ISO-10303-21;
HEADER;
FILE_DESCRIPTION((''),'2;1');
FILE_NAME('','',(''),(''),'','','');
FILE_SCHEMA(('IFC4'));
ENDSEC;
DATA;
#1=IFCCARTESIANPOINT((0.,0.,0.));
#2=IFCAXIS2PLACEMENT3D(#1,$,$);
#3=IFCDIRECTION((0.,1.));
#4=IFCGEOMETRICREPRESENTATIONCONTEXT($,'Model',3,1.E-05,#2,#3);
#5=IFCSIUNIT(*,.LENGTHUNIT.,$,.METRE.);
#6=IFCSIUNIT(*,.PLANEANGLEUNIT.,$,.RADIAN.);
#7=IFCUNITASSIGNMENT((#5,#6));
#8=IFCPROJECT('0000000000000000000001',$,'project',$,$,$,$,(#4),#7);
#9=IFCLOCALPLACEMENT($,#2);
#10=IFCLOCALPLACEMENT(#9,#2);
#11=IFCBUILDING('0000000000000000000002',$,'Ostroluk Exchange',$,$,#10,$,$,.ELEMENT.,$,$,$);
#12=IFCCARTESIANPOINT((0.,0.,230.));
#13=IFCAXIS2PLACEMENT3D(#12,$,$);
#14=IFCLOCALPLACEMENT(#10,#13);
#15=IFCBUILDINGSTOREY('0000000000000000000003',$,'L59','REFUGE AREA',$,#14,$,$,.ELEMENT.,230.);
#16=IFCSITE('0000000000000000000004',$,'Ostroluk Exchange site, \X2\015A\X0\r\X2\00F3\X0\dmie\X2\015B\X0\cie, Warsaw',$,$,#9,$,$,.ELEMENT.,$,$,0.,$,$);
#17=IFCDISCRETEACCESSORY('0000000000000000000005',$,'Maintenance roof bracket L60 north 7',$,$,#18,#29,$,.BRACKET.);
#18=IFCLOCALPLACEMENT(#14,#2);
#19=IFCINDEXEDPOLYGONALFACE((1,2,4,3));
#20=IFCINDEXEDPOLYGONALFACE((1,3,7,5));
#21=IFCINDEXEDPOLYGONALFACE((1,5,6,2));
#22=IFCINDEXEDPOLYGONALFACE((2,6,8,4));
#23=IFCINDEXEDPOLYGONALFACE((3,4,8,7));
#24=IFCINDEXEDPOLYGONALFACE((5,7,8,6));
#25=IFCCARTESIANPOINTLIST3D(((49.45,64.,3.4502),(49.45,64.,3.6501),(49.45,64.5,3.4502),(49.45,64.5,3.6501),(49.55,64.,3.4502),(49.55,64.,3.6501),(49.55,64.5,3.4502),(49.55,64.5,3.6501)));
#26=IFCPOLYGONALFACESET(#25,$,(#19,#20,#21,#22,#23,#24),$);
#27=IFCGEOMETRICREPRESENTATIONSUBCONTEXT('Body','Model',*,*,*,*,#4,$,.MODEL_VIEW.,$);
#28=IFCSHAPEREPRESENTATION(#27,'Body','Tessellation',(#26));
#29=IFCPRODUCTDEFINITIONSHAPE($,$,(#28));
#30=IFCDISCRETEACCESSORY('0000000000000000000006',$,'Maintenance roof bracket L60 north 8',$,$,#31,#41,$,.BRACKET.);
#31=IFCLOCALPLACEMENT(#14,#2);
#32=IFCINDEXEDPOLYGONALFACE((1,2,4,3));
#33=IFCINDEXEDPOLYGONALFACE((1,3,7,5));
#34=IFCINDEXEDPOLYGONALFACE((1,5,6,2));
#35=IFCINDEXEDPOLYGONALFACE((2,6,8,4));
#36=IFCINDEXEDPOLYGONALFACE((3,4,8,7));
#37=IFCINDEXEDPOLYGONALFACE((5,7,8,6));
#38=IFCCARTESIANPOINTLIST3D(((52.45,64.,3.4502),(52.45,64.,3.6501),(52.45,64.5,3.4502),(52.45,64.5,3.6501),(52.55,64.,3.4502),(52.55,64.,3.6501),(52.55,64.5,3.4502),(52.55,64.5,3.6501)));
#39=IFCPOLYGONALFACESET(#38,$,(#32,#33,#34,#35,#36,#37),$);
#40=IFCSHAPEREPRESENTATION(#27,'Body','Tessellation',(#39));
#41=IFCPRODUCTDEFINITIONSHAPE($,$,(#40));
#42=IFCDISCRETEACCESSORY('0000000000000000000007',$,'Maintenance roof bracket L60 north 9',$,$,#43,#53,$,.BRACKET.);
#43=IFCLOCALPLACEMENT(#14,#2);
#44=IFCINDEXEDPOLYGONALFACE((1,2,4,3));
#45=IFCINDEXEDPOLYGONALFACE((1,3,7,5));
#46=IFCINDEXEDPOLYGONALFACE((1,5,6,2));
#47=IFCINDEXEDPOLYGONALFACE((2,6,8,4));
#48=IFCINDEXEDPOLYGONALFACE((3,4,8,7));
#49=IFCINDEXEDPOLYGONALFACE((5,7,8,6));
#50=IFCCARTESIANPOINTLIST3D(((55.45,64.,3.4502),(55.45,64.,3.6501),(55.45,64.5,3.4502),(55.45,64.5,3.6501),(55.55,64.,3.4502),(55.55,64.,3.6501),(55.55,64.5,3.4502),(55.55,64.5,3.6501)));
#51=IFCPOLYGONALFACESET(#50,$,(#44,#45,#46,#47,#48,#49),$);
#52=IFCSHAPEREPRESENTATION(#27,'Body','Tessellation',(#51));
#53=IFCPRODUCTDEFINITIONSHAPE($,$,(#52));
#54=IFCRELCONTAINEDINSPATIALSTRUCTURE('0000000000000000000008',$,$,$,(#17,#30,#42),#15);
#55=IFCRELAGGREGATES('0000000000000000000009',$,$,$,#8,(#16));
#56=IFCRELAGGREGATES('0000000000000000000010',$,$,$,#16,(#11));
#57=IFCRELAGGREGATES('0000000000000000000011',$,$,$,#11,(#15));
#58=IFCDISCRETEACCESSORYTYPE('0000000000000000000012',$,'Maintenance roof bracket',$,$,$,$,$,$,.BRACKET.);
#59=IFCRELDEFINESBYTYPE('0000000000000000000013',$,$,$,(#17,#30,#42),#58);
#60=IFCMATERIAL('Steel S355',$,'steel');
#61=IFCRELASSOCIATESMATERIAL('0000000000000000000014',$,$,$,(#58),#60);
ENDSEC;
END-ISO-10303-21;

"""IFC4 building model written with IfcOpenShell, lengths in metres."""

from ifc_helpers import new_model, si_unit, direction, frame, origin, origin_2d, place, context, subcontext, project, spatial, rectangle, extrude, material, type_object, element, save


model = new_model("IFC4")

# Units and contexts
model_context = context("Model", 3, precision=1e-05, world=origin(), true_north=direction((0.0, 1.0)))
body_context = subcontext(model_context, "Body", "Model", "MODEL_VIEW")
ifc_project = project(units=[si_unit("LENGTHUNIT", "METRE"), si_unit("PLANEANGLEUNIT", "RADIAN")], contexts=[model_context])

# Site, building, storey
site_placement = place(None, origin())
site = spatial("IfcSite", under=ifc_project, at=site_placement, Name="Ostroluk Exchange site, Śródmieście, Warsaw", CompositionType="ELEMENT", RefElevation=0.0)
building_placement = place(site_placement, origin())
building = spatial("IfcBuilding", under=site, at=building_placement, Name="Ostroluk Exchange", CompositionType="ELEMENT")
storey_placement = place(building_placement, frame((0.0, 0.0, 230.0)))
storey = spatial("IfcBuildingStorey", under=building, at=storey_placement, Name="L59", Description="REFUGE AREA", CompositionType="ELEMENT", Elevation=230.0)

# Discrete accessories
ifc_material_1 = material(Name="Steel S355", Category="steel")
discrete_accessory_type = type_object("IfcDiscreteAccessoryType", Name="Maintenance roof bracket", PredefinedType="BRACKET", material=ifc_material_1)
for number, where, z_axis, x_axis, name in (
    (1, (49.5, 64.25, 3.4502), (0.0, 0.0, 1.0), (1.0, 0.0, 0.0), "Maintenance roof bracket L60 north 7"),
    (2, (52.5, 64.25, 3.4502), (0.0, 0.0, 1.0), (1.0, 0.0, 0.0), "Maintenance roof bracket L60 north 8"),
    (3, (55.5, 64.25, 3.4502), (0.0, 0.0, 1.0), (1.0, 0.0, 0.0), "Maintenance roof bracket L60 north 9"),
):
    element("IfcDiscreteAccessory", number, at=place(storey_placement, frame(where, z_axis=z_axis, x_axis=x_axis)), inside=storey, type_object=discrete_accessory_type, Name=name, PredefinedType="BRACKET", context=body_context, shape_type="SweptSolid", body=[
        extrude(rectangle(XDim=0.1001, YDim=0.5, at=origin_2d()), origin(), (0.0, 0.0, 1.0), 0.2),
    ])

save(model, "model.ifc")
